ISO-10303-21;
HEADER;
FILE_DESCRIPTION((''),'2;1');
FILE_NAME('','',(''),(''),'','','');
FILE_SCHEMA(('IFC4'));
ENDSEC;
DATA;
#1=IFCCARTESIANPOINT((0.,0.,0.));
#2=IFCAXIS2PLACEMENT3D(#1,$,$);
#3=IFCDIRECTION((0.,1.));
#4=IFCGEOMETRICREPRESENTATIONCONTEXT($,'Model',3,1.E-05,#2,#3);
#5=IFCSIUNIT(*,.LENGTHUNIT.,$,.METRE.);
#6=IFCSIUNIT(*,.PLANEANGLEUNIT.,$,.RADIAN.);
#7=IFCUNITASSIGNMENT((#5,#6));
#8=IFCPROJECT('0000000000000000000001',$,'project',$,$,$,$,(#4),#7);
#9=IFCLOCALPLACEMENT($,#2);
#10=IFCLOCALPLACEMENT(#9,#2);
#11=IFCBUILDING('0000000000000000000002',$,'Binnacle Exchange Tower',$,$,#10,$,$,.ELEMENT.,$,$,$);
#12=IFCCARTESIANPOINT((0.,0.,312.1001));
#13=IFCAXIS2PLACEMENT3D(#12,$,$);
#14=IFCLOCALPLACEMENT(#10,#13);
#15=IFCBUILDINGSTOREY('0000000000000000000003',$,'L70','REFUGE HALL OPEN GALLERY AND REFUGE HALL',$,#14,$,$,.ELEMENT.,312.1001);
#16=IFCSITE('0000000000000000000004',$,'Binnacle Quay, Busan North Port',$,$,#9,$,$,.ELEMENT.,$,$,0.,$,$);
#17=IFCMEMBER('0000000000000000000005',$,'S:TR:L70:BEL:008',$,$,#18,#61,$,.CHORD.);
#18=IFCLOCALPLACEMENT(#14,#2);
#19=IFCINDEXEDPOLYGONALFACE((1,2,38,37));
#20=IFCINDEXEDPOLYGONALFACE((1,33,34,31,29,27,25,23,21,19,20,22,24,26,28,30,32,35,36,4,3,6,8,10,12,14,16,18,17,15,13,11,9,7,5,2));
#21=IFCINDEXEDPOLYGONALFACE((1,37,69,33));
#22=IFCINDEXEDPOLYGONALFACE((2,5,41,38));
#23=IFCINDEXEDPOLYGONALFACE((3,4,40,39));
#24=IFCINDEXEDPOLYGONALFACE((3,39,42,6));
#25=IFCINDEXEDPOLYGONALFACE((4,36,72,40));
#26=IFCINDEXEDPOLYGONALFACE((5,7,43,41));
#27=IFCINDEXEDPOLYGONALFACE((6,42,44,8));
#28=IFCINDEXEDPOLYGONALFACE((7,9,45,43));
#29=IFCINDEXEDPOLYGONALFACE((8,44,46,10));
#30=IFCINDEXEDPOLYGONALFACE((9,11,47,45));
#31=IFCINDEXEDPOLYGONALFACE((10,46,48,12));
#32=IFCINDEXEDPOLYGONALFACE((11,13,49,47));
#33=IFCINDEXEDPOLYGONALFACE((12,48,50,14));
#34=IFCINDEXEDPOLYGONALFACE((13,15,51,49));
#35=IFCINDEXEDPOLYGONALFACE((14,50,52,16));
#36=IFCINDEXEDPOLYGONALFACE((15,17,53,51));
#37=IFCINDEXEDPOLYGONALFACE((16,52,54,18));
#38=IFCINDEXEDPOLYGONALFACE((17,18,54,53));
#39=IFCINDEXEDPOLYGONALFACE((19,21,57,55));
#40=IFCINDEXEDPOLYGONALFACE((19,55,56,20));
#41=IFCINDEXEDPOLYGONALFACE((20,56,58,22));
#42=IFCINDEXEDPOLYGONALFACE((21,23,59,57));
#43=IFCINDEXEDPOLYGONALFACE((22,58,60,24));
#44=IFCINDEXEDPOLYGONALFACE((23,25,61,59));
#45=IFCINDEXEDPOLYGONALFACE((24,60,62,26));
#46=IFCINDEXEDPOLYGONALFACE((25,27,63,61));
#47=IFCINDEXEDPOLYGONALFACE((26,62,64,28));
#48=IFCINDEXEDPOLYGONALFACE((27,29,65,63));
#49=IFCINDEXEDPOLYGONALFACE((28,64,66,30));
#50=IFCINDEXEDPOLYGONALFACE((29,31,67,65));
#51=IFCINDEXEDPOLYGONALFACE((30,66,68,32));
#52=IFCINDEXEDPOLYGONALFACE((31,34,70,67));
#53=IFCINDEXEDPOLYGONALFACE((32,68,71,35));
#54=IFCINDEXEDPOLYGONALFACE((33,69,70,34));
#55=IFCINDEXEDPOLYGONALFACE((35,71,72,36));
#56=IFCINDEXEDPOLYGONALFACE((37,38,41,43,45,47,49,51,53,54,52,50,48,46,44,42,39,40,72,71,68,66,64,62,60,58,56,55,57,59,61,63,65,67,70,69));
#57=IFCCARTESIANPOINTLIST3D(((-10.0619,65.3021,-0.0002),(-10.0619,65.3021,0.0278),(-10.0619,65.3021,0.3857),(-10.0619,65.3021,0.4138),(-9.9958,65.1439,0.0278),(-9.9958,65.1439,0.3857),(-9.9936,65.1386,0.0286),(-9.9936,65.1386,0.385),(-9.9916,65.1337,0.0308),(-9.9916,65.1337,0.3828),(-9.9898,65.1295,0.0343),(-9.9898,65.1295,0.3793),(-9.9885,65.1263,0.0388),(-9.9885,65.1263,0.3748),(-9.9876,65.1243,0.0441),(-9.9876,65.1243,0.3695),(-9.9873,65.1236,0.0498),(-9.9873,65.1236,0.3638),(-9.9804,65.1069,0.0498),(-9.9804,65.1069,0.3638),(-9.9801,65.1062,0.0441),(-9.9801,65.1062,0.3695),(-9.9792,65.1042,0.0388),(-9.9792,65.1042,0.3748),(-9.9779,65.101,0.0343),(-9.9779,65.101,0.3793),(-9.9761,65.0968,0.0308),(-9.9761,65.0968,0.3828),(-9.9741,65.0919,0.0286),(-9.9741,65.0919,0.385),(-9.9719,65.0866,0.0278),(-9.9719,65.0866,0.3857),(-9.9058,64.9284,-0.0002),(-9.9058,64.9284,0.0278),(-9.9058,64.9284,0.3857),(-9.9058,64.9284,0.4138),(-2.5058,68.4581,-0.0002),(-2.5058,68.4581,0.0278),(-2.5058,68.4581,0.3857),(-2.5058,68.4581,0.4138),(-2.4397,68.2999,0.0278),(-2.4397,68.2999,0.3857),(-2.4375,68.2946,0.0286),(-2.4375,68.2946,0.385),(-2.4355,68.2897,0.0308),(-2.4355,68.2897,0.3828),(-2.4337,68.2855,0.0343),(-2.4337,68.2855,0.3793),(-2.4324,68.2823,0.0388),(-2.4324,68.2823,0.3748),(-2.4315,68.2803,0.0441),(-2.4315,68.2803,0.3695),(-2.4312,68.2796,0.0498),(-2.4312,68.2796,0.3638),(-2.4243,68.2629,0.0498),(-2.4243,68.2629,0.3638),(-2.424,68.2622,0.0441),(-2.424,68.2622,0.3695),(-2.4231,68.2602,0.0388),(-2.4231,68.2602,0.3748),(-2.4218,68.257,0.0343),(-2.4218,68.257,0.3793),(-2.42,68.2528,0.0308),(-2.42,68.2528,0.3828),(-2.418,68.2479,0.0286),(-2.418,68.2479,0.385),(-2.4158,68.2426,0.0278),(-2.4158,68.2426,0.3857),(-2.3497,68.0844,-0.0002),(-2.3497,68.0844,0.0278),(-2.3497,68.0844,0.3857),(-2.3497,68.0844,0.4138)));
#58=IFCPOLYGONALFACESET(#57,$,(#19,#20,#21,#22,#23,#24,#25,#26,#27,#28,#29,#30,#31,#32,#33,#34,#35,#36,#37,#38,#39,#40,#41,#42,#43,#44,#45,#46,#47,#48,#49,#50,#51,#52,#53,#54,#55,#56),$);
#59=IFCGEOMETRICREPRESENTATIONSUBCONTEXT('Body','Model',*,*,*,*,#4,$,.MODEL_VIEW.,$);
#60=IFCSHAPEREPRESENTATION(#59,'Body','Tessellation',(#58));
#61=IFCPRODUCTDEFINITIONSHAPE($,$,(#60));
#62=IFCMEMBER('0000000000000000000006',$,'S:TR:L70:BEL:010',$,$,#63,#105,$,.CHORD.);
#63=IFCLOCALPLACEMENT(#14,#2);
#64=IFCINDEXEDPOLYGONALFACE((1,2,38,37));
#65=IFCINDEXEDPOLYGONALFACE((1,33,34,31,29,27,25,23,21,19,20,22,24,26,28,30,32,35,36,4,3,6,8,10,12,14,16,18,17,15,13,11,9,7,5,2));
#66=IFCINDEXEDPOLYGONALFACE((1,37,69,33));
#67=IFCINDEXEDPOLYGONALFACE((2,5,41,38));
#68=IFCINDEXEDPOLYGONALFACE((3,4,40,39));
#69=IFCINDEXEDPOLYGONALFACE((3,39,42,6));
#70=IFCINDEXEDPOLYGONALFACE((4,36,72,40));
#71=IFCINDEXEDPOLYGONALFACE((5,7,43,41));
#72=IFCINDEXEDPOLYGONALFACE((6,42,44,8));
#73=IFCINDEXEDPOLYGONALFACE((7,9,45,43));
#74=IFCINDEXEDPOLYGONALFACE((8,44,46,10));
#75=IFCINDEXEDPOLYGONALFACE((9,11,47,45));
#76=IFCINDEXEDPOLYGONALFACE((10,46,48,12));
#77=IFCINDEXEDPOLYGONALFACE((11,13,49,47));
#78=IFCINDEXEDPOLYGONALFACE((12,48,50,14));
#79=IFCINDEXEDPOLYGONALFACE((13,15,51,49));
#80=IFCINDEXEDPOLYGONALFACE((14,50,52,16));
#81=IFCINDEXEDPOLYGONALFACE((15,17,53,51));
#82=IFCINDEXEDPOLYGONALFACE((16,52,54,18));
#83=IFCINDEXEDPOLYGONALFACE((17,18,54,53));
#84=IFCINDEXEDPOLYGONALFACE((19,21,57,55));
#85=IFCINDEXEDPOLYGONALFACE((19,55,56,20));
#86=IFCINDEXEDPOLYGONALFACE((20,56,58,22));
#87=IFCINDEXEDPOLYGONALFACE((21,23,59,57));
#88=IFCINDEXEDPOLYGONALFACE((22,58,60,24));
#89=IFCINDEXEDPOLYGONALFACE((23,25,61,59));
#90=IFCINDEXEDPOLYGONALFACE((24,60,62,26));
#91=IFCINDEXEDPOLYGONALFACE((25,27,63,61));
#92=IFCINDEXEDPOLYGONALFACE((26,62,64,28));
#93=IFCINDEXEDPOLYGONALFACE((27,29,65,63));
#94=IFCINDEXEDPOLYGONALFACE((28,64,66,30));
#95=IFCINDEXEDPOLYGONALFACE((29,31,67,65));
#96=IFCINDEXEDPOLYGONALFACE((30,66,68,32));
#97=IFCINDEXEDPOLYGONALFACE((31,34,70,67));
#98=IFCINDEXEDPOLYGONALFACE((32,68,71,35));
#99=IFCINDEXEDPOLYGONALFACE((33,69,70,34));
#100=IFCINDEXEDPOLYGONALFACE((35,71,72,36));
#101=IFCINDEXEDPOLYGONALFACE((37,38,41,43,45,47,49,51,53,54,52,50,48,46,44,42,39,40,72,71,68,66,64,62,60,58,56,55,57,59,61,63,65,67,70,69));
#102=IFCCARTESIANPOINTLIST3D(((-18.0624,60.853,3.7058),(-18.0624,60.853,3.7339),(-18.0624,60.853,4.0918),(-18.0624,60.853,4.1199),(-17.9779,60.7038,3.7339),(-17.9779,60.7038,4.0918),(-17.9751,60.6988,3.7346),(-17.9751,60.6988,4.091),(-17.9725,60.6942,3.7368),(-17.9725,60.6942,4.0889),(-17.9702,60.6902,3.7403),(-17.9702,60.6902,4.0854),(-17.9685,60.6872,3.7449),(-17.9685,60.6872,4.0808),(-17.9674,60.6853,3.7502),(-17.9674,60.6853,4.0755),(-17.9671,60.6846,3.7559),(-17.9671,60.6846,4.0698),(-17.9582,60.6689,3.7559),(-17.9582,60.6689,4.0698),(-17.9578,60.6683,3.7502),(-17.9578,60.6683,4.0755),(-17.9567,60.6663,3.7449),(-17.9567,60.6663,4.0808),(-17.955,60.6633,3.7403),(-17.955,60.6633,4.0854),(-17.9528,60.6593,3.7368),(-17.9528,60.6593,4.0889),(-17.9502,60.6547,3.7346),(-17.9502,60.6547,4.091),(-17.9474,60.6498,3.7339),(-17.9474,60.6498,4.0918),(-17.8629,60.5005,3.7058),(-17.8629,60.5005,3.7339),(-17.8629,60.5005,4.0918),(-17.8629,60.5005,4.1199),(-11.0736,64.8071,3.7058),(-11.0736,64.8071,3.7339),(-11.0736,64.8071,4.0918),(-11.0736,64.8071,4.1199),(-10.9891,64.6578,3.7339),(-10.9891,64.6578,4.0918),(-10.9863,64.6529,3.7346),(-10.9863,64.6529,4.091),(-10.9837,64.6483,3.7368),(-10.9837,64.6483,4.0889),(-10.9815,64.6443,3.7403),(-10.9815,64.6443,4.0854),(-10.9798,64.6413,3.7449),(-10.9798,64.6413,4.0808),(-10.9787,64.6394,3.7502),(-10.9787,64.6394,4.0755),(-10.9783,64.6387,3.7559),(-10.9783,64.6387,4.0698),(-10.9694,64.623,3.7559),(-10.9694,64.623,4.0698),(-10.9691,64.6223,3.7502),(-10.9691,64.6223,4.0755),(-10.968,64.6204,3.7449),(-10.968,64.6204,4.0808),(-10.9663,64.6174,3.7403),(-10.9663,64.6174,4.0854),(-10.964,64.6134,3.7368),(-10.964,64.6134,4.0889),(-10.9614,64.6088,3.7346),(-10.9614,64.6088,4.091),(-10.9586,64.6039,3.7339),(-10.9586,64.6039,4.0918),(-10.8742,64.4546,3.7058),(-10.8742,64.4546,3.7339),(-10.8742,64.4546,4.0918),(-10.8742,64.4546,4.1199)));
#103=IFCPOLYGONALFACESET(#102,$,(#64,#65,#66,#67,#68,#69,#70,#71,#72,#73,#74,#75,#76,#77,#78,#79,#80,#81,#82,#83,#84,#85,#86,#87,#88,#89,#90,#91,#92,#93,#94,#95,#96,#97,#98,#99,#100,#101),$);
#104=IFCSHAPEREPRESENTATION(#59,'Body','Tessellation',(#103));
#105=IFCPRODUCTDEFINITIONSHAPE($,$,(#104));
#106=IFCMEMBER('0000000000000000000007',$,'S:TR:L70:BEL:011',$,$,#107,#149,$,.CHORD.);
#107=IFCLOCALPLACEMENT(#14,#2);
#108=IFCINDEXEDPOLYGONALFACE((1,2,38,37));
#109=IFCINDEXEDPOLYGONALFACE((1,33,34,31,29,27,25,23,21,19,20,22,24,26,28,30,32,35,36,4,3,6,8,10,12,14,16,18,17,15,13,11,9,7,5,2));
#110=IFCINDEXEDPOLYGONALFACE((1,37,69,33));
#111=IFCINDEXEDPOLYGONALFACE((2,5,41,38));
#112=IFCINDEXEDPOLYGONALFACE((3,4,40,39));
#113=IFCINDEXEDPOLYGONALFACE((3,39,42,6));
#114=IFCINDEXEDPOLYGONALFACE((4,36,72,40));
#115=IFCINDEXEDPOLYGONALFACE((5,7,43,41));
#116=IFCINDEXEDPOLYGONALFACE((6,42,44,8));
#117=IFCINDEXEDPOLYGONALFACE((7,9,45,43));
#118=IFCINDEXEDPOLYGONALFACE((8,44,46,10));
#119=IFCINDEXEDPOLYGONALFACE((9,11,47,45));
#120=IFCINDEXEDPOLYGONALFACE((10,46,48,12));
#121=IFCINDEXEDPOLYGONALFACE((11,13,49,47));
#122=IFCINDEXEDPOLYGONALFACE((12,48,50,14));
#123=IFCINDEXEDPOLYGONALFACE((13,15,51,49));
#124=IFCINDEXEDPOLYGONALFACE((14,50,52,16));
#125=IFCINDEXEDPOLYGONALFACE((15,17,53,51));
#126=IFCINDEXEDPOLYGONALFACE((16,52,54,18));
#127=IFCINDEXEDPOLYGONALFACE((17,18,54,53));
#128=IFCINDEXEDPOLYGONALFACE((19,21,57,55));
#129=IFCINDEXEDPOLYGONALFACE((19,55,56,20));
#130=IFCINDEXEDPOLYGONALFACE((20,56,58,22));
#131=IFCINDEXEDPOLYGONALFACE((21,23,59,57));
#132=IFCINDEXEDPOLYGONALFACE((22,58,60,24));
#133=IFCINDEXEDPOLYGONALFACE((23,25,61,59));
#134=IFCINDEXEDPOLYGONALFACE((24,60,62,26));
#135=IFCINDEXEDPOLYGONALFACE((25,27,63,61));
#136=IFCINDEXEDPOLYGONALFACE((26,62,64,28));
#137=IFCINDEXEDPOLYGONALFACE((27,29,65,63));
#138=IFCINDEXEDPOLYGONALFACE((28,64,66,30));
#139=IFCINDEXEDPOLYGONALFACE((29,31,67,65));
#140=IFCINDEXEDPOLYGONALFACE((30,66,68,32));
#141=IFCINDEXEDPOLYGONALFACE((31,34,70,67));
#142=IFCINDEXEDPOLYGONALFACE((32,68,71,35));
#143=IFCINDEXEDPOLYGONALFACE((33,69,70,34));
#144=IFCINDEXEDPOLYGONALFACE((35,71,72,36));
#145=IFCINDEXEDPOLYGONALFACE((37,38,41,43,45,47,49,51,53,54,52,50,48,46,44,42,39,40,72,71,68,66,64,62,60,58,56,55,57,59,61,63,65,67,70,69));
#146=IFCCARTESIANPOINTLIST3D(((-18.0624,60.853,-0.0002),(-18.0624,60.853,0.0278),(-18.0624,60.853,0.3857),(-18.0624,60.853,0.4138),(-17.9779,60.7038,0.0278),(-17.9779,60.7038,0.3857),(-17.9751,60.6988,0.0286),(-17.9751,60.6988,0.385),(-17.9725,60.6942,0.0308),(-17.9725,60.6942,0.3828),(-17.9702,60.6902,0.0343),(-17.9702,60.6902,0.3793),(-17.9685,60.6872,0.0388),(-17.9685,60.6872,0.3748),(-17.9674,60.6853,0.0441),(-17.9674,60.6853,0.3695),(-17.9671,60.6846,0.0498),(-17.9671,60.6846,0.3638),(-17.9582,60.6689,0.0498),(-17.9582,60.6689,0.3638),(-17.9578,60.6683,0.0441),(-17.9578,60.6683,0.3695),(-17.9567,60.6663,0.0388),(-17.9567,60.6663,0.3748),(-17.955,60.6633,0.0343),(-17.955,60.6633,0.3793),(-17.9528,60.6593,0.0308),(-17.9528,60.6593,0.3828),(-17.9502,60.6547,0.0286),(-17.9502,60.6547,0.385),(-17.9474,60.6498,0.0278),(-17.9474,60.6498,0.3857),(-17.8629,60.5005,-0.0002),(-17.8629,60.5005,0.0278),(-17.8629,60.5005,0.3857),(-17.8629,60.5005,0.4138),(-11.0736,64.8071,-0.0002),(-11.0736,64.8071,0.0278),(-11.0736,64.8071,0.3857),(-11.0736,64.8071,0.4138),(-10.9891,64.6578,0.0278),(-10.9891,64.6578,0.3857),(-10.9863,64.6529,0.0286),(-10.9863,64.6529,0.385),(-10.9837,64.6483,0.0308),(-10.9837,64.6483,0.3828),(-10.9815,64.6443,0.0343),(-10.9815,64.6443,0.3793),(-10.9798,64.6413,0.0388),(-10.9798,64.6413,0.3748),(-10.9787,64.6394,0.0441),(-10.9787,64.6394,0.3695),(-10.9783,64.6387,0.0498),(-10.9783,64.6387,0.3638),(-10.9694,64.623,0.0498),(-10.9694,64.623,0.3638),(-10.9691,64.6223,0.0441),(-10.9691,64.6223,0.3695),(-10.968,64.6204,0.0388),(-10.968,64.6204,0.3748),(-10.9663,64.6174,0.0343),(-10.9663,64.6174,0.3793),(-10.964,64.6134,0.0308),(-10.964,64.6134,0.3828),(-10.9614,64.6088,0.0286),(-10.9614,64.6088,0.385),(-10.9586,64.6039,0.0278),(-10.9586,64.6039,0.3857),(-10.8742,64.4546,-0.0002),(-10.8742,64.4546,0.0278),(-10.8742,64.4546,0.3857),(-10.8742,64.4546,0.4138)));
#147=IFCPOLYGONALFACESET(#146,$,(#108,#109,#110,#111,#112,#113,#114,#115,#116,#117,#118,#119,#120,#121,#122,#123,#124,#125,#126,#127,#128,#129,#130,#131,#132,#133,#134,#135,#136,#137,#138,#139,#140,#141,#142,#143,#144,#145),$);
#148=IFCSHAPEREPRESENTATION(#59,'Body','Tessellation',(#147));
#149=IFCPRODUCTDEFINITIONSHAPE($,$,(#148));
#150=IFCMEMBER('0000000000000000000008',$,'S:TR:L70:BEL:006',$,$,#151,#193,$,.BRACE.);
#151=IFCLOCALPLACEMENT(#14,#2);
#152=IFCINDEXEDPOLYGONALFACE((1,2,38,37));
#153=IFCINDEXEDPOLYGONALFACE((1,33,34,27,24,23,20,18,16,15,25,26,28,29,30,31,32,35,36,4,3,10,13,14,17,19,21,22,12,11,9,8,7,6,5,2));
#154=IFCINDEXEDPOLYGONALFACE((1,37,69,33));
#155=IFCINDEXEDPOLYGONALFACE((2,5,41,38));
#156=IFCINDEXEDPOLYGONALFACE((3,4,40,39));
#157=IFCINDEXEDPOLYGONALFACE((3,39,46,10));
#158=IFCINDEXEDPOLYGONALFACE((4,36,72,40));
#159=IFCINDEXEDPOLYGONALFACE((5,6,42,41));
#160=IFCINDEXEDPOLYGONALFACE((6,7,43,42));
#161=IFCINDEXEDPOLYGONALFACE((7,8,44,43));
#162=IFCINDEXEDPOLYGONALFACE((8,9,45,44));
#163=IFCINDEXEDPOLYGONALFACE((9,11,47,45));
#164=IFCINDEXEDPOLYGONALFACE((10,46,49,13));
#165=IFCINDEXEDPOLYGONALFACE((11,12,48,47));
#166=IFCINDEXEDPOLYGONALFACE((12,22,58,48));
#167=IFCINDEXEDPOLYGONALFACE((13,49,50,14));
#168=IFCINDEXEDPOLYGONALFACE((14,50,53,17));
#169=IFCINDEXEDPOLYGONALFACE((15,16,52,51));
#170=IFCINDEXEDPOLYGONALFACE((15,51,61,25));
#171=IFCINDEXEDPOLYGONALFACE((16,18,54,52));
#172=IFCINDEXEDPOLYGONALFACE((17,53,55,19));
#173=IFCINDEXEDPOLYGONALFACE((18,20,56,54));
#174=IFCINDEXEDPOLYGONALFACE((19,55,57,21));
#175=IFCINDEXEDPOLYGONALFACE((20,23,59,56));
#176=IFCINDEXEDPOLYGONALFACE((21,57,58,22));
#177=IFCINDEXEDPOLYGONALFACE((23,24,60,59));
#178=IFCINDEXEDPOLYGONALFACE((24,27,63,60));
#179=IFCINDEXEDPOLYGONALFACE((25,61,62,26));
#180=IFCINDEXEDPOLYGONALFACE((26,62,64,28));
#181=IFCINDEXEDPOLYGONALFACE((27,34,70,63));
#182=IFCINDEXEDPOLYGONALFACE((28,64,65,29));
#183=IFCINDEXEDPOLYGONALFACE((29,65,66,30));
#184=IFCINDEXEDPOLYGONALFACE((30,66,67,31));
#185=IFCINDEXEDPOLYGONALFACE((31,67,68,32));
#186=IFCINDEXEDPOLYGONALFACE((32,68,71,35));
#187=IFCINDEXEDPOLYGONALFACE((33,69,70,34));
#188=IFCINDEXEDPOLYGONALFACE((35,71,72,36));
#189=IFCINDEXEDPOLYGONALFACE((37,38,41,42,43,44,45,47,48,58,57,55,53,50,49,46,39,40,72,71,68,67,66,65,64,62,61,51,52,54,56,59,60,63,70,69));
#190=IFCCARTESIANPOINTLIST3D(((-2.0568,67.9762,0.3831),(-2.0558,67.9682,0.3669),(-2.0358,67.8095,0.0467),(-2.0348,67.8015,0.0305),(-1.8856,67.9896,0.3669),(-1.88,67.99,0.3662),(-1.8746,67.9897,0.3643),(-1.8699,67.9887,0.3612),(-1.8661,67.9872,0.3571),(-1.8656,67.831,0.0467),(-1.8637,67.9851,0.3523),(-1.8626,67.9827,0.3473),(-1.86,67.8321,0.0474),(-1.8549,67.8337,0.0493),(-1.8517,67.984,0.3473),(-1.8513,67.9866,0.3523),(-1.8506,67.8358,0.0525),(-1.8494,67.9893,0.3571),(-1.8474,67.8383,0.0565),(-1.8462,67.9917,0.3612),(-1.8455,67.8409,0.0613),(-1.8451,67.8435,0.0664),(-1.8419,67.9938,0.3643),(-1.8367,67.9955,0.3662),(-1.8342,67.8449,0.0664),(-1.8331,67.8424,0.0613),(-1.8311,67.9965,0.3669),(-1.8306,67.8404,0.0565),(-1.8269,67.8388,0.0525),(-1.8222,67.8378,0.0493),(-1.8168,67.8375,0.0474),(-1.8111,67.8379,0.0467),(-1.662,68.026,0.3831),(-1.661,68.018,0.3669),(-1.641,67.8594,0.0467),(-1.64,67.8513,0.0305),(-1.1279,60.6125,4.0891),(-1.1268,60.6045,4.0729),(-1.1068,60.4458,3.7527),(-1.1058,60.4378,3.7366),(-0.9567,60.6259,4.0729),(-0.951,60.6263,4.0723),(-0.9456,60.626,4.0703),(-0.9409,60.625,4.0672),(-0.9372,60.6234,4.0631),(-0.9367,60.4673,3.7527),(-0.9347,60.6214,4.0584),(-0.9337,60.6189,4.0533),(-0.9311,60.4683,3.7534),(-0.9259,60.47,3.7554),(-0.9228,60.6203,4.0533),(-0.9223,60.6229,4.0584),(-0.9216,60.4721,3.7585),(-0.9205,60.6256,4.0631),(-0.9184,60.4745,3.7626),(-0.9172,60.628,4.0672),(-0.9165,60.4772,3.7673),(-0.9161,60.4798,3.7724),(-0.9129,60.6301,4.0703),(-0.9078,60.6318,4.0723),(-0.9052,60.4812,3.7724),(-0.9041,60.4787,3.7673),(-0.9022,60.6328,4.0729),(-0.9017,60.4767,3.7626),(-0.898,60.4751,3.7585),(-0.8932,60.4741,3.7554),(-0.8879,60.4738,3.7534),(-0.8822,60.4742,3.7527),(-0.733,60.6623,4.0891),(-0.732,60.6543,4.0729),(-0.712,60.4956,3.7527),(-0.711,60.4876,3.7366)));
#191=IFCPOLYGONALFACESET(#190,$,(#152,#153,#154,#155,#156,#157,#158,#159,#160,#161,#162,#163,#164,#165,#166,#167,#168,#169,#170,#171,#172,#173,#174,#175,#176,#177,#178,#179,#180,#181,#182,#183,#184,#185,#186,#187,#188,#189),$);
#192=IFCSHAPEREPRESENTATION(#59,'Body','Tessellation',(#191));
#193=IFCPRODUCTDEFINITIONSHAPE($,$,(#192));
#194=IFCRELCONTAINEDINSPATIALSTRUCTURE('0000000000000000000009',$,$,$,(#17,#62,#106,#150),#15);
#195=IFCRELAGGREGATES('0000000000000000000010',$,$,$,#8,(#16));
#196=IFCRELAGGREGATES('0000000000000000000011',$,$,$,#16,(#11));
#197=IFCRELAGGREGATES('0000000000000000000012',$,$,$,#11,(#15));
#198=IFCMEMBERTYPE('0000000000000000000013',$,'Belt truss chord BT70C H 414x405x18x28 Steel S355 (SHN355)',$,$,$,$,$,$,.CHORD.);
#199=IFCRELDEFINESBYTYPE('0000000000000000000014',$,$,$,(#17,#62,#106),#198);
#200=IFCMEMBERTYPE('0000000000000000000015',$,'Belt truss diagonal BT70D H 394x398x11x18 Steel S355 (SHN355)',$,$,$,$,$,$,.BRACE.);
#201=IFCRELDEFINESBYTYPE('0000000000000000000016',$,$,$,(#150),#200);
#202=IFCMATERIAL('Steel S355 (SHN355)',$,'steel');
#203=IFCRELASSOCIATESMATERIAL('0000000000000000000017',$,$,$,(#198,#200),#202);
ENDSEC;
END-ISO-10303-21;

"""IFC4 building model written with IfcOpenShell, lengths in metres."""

from ifc_helpers import new_model, si_unit, direction, frame, origin, origin_2d, place, context, subcontext, project, spatial, i_section, extrude, material, material_profile, profile_set, type_object, element, save


model = new_model("IFC4")

# Units and contexts
model_context = context("Model", 3, precision=1e-05, world=origin(), true_north=direction((0.0, 1.0)))
body_context = subcontext(model_context, "Body", "Model", "MODEL_VIEW")
ifc_project = project(units=[si_unit("LENGTHUNIT", "METRE"), si_unit("PLANEANGLEUNIT", "RADIAN")], contexts=[model_context])

# Site, building, storey
site_placement = place(None, origin())
site = spatial("IfcSite", under=ifc_project, at=site_placement, Name="Binnacle Quay, Busan North Port", CompositionType="ELEMENT", RefElevation=0.0)
building_placement = place(site_placement, origin())
building = spatial("IfcBuilding", under=site, at=building_placement, Name="Binnacle Exchange Tower", CompositionType="ELEMENT")
storey_placement = place(building_placement, frame((0.0, 0.0, 312.1001)))
storey = spatial("IfcBuildingStorey", under=building, at=storey_placement, Name="L70", Description="REFUGE HALL OPEN GALLERY AND REFUGE HALL", CompositionType="ELEMENT", Elevation=312.1001)

# Members
ifc_material_1 = material(Name="Steel S355 (SHN355)", Category="steel")
ifc_material_profile_1 = material_profile(ifc_material_1, i_section(OverallWidth=0.405, OverallDepth=0.4141, WebThickness=0.0181, FlangeThickness=0.0281, FilletRadius=0.022, at=origin_2d()), Name="H 414x405x18x28")
ifc_profile_set_1 = profile_set([ifc_material_profile_1], Name="Steel S355 (SHN355)")
member_type_1 = type_object("IfcMemberType", Name="Belt truss chord BT70C H 414x405x18x28 Steel S355 (SHN355)", PredefinedType="CHORD", material=ifc_profile_set_1)
for number, where, z_axis, x_axis, name in (
    (1, (-2.4277, 68.2712, 0.2068), (-0.922747, -0.385407, 0.0), (0.385407, -0.922747, 0.0), "S:TR:L70:BEL:008"),
):
    element("IfcMember", number, at=place(storey_placement, frame(where, z_axis=z_axis, x_axis=x_axis)), inside=storey, type_object=member_type_1, Name=name, PredefinedType="CHORD", context=body_context, shape_type="SweptSolid", body=[
        extrude(i_section(OverallWidth=0.405, OverallDepth=0.4141, WebThickness=0.0181, FlangeThickness=0.0281, FilletRadius=0.022, at=origin_2d()), origin(), (0.0, 0.0, 1.0), 8.1887),
    ])
for number, where, z_axis, x_axis, name in (
    (2, (-10.9739, 64.6309, 3.9128), (-0.870353, -0.492428, 0.0), (0.492428, -0.870353, 0.0), "S:TR:L70:BEL:010"),
    (3, (-10.9739, 64.6309, 0.2068), (-0.870353, -0.492428, 0.0), (0.492428, -0.870353, 0.0), "S:TR:L70:BEL:011"),
):
    element("IfcMember", number, at=place(storey_placement, frame(where, z_axis=z_axis, x_axis=x_axis)), inside=storey, type_object=member_type_1, Name=name, PredefinedType="CHORD", context=body_context, shape_type="SweptSolid", body=[
        extrude(i_section(OverallWidth=0.405, OverallDepth=0.4141, WebThickness=0.0181, FlangeThickness=0.0281, FilletRadius=0.022, at=origin_2d()), origin(), (0.0, 0.0, 1.0), 8.0298),
    ])
ifc_material_profile_2 = material_profile(ifc_material_1, i_section(OverallWidth=0.3979, OverallDepth=0.394, WebThickness=0.011, FlangeThickness=0.0181, FilletRadius=0.022, at=origin_2d()), Name="H 394x398x11x18")
ifc_profile_set_2 = profile_set([ifc_material_profile_2], Name="Steel S355 (SHN355)")
member_type_2 = type_object("IfcMemberType", Name="Belt truss diagonal BT70D H 394x398x11x18 Steel S355 (SHN355)", PredefinedType="BRACE", material=ifc_profile_set_2)
member_1_placement = place(storey_placement, frame((-0.9194, 60.55, 3.9128), z_axis=(-0.111977, 0.887634, -0.44673), x_axis=(-0.992137, -0.12516, 0.0)))
element("IfcMember", 4, at=member_1_placement, inside=storey, type_object=member_type_2, Name="S:TR:L70:BEL:006", PredefinedType="BRACE", context=body_context, shape_type="SweptSolid", body=[
    extrude(i_section(OverallWidth=0.3979, OverallDepth=0.394, WebThickness=0.011, FlangeThickness=0.0181, FilletRadius=0.022, at=origin_2d()), origin(), (0.0, 0.0, 1.0), 8.2959),
])

save(model, "model.ifc")
